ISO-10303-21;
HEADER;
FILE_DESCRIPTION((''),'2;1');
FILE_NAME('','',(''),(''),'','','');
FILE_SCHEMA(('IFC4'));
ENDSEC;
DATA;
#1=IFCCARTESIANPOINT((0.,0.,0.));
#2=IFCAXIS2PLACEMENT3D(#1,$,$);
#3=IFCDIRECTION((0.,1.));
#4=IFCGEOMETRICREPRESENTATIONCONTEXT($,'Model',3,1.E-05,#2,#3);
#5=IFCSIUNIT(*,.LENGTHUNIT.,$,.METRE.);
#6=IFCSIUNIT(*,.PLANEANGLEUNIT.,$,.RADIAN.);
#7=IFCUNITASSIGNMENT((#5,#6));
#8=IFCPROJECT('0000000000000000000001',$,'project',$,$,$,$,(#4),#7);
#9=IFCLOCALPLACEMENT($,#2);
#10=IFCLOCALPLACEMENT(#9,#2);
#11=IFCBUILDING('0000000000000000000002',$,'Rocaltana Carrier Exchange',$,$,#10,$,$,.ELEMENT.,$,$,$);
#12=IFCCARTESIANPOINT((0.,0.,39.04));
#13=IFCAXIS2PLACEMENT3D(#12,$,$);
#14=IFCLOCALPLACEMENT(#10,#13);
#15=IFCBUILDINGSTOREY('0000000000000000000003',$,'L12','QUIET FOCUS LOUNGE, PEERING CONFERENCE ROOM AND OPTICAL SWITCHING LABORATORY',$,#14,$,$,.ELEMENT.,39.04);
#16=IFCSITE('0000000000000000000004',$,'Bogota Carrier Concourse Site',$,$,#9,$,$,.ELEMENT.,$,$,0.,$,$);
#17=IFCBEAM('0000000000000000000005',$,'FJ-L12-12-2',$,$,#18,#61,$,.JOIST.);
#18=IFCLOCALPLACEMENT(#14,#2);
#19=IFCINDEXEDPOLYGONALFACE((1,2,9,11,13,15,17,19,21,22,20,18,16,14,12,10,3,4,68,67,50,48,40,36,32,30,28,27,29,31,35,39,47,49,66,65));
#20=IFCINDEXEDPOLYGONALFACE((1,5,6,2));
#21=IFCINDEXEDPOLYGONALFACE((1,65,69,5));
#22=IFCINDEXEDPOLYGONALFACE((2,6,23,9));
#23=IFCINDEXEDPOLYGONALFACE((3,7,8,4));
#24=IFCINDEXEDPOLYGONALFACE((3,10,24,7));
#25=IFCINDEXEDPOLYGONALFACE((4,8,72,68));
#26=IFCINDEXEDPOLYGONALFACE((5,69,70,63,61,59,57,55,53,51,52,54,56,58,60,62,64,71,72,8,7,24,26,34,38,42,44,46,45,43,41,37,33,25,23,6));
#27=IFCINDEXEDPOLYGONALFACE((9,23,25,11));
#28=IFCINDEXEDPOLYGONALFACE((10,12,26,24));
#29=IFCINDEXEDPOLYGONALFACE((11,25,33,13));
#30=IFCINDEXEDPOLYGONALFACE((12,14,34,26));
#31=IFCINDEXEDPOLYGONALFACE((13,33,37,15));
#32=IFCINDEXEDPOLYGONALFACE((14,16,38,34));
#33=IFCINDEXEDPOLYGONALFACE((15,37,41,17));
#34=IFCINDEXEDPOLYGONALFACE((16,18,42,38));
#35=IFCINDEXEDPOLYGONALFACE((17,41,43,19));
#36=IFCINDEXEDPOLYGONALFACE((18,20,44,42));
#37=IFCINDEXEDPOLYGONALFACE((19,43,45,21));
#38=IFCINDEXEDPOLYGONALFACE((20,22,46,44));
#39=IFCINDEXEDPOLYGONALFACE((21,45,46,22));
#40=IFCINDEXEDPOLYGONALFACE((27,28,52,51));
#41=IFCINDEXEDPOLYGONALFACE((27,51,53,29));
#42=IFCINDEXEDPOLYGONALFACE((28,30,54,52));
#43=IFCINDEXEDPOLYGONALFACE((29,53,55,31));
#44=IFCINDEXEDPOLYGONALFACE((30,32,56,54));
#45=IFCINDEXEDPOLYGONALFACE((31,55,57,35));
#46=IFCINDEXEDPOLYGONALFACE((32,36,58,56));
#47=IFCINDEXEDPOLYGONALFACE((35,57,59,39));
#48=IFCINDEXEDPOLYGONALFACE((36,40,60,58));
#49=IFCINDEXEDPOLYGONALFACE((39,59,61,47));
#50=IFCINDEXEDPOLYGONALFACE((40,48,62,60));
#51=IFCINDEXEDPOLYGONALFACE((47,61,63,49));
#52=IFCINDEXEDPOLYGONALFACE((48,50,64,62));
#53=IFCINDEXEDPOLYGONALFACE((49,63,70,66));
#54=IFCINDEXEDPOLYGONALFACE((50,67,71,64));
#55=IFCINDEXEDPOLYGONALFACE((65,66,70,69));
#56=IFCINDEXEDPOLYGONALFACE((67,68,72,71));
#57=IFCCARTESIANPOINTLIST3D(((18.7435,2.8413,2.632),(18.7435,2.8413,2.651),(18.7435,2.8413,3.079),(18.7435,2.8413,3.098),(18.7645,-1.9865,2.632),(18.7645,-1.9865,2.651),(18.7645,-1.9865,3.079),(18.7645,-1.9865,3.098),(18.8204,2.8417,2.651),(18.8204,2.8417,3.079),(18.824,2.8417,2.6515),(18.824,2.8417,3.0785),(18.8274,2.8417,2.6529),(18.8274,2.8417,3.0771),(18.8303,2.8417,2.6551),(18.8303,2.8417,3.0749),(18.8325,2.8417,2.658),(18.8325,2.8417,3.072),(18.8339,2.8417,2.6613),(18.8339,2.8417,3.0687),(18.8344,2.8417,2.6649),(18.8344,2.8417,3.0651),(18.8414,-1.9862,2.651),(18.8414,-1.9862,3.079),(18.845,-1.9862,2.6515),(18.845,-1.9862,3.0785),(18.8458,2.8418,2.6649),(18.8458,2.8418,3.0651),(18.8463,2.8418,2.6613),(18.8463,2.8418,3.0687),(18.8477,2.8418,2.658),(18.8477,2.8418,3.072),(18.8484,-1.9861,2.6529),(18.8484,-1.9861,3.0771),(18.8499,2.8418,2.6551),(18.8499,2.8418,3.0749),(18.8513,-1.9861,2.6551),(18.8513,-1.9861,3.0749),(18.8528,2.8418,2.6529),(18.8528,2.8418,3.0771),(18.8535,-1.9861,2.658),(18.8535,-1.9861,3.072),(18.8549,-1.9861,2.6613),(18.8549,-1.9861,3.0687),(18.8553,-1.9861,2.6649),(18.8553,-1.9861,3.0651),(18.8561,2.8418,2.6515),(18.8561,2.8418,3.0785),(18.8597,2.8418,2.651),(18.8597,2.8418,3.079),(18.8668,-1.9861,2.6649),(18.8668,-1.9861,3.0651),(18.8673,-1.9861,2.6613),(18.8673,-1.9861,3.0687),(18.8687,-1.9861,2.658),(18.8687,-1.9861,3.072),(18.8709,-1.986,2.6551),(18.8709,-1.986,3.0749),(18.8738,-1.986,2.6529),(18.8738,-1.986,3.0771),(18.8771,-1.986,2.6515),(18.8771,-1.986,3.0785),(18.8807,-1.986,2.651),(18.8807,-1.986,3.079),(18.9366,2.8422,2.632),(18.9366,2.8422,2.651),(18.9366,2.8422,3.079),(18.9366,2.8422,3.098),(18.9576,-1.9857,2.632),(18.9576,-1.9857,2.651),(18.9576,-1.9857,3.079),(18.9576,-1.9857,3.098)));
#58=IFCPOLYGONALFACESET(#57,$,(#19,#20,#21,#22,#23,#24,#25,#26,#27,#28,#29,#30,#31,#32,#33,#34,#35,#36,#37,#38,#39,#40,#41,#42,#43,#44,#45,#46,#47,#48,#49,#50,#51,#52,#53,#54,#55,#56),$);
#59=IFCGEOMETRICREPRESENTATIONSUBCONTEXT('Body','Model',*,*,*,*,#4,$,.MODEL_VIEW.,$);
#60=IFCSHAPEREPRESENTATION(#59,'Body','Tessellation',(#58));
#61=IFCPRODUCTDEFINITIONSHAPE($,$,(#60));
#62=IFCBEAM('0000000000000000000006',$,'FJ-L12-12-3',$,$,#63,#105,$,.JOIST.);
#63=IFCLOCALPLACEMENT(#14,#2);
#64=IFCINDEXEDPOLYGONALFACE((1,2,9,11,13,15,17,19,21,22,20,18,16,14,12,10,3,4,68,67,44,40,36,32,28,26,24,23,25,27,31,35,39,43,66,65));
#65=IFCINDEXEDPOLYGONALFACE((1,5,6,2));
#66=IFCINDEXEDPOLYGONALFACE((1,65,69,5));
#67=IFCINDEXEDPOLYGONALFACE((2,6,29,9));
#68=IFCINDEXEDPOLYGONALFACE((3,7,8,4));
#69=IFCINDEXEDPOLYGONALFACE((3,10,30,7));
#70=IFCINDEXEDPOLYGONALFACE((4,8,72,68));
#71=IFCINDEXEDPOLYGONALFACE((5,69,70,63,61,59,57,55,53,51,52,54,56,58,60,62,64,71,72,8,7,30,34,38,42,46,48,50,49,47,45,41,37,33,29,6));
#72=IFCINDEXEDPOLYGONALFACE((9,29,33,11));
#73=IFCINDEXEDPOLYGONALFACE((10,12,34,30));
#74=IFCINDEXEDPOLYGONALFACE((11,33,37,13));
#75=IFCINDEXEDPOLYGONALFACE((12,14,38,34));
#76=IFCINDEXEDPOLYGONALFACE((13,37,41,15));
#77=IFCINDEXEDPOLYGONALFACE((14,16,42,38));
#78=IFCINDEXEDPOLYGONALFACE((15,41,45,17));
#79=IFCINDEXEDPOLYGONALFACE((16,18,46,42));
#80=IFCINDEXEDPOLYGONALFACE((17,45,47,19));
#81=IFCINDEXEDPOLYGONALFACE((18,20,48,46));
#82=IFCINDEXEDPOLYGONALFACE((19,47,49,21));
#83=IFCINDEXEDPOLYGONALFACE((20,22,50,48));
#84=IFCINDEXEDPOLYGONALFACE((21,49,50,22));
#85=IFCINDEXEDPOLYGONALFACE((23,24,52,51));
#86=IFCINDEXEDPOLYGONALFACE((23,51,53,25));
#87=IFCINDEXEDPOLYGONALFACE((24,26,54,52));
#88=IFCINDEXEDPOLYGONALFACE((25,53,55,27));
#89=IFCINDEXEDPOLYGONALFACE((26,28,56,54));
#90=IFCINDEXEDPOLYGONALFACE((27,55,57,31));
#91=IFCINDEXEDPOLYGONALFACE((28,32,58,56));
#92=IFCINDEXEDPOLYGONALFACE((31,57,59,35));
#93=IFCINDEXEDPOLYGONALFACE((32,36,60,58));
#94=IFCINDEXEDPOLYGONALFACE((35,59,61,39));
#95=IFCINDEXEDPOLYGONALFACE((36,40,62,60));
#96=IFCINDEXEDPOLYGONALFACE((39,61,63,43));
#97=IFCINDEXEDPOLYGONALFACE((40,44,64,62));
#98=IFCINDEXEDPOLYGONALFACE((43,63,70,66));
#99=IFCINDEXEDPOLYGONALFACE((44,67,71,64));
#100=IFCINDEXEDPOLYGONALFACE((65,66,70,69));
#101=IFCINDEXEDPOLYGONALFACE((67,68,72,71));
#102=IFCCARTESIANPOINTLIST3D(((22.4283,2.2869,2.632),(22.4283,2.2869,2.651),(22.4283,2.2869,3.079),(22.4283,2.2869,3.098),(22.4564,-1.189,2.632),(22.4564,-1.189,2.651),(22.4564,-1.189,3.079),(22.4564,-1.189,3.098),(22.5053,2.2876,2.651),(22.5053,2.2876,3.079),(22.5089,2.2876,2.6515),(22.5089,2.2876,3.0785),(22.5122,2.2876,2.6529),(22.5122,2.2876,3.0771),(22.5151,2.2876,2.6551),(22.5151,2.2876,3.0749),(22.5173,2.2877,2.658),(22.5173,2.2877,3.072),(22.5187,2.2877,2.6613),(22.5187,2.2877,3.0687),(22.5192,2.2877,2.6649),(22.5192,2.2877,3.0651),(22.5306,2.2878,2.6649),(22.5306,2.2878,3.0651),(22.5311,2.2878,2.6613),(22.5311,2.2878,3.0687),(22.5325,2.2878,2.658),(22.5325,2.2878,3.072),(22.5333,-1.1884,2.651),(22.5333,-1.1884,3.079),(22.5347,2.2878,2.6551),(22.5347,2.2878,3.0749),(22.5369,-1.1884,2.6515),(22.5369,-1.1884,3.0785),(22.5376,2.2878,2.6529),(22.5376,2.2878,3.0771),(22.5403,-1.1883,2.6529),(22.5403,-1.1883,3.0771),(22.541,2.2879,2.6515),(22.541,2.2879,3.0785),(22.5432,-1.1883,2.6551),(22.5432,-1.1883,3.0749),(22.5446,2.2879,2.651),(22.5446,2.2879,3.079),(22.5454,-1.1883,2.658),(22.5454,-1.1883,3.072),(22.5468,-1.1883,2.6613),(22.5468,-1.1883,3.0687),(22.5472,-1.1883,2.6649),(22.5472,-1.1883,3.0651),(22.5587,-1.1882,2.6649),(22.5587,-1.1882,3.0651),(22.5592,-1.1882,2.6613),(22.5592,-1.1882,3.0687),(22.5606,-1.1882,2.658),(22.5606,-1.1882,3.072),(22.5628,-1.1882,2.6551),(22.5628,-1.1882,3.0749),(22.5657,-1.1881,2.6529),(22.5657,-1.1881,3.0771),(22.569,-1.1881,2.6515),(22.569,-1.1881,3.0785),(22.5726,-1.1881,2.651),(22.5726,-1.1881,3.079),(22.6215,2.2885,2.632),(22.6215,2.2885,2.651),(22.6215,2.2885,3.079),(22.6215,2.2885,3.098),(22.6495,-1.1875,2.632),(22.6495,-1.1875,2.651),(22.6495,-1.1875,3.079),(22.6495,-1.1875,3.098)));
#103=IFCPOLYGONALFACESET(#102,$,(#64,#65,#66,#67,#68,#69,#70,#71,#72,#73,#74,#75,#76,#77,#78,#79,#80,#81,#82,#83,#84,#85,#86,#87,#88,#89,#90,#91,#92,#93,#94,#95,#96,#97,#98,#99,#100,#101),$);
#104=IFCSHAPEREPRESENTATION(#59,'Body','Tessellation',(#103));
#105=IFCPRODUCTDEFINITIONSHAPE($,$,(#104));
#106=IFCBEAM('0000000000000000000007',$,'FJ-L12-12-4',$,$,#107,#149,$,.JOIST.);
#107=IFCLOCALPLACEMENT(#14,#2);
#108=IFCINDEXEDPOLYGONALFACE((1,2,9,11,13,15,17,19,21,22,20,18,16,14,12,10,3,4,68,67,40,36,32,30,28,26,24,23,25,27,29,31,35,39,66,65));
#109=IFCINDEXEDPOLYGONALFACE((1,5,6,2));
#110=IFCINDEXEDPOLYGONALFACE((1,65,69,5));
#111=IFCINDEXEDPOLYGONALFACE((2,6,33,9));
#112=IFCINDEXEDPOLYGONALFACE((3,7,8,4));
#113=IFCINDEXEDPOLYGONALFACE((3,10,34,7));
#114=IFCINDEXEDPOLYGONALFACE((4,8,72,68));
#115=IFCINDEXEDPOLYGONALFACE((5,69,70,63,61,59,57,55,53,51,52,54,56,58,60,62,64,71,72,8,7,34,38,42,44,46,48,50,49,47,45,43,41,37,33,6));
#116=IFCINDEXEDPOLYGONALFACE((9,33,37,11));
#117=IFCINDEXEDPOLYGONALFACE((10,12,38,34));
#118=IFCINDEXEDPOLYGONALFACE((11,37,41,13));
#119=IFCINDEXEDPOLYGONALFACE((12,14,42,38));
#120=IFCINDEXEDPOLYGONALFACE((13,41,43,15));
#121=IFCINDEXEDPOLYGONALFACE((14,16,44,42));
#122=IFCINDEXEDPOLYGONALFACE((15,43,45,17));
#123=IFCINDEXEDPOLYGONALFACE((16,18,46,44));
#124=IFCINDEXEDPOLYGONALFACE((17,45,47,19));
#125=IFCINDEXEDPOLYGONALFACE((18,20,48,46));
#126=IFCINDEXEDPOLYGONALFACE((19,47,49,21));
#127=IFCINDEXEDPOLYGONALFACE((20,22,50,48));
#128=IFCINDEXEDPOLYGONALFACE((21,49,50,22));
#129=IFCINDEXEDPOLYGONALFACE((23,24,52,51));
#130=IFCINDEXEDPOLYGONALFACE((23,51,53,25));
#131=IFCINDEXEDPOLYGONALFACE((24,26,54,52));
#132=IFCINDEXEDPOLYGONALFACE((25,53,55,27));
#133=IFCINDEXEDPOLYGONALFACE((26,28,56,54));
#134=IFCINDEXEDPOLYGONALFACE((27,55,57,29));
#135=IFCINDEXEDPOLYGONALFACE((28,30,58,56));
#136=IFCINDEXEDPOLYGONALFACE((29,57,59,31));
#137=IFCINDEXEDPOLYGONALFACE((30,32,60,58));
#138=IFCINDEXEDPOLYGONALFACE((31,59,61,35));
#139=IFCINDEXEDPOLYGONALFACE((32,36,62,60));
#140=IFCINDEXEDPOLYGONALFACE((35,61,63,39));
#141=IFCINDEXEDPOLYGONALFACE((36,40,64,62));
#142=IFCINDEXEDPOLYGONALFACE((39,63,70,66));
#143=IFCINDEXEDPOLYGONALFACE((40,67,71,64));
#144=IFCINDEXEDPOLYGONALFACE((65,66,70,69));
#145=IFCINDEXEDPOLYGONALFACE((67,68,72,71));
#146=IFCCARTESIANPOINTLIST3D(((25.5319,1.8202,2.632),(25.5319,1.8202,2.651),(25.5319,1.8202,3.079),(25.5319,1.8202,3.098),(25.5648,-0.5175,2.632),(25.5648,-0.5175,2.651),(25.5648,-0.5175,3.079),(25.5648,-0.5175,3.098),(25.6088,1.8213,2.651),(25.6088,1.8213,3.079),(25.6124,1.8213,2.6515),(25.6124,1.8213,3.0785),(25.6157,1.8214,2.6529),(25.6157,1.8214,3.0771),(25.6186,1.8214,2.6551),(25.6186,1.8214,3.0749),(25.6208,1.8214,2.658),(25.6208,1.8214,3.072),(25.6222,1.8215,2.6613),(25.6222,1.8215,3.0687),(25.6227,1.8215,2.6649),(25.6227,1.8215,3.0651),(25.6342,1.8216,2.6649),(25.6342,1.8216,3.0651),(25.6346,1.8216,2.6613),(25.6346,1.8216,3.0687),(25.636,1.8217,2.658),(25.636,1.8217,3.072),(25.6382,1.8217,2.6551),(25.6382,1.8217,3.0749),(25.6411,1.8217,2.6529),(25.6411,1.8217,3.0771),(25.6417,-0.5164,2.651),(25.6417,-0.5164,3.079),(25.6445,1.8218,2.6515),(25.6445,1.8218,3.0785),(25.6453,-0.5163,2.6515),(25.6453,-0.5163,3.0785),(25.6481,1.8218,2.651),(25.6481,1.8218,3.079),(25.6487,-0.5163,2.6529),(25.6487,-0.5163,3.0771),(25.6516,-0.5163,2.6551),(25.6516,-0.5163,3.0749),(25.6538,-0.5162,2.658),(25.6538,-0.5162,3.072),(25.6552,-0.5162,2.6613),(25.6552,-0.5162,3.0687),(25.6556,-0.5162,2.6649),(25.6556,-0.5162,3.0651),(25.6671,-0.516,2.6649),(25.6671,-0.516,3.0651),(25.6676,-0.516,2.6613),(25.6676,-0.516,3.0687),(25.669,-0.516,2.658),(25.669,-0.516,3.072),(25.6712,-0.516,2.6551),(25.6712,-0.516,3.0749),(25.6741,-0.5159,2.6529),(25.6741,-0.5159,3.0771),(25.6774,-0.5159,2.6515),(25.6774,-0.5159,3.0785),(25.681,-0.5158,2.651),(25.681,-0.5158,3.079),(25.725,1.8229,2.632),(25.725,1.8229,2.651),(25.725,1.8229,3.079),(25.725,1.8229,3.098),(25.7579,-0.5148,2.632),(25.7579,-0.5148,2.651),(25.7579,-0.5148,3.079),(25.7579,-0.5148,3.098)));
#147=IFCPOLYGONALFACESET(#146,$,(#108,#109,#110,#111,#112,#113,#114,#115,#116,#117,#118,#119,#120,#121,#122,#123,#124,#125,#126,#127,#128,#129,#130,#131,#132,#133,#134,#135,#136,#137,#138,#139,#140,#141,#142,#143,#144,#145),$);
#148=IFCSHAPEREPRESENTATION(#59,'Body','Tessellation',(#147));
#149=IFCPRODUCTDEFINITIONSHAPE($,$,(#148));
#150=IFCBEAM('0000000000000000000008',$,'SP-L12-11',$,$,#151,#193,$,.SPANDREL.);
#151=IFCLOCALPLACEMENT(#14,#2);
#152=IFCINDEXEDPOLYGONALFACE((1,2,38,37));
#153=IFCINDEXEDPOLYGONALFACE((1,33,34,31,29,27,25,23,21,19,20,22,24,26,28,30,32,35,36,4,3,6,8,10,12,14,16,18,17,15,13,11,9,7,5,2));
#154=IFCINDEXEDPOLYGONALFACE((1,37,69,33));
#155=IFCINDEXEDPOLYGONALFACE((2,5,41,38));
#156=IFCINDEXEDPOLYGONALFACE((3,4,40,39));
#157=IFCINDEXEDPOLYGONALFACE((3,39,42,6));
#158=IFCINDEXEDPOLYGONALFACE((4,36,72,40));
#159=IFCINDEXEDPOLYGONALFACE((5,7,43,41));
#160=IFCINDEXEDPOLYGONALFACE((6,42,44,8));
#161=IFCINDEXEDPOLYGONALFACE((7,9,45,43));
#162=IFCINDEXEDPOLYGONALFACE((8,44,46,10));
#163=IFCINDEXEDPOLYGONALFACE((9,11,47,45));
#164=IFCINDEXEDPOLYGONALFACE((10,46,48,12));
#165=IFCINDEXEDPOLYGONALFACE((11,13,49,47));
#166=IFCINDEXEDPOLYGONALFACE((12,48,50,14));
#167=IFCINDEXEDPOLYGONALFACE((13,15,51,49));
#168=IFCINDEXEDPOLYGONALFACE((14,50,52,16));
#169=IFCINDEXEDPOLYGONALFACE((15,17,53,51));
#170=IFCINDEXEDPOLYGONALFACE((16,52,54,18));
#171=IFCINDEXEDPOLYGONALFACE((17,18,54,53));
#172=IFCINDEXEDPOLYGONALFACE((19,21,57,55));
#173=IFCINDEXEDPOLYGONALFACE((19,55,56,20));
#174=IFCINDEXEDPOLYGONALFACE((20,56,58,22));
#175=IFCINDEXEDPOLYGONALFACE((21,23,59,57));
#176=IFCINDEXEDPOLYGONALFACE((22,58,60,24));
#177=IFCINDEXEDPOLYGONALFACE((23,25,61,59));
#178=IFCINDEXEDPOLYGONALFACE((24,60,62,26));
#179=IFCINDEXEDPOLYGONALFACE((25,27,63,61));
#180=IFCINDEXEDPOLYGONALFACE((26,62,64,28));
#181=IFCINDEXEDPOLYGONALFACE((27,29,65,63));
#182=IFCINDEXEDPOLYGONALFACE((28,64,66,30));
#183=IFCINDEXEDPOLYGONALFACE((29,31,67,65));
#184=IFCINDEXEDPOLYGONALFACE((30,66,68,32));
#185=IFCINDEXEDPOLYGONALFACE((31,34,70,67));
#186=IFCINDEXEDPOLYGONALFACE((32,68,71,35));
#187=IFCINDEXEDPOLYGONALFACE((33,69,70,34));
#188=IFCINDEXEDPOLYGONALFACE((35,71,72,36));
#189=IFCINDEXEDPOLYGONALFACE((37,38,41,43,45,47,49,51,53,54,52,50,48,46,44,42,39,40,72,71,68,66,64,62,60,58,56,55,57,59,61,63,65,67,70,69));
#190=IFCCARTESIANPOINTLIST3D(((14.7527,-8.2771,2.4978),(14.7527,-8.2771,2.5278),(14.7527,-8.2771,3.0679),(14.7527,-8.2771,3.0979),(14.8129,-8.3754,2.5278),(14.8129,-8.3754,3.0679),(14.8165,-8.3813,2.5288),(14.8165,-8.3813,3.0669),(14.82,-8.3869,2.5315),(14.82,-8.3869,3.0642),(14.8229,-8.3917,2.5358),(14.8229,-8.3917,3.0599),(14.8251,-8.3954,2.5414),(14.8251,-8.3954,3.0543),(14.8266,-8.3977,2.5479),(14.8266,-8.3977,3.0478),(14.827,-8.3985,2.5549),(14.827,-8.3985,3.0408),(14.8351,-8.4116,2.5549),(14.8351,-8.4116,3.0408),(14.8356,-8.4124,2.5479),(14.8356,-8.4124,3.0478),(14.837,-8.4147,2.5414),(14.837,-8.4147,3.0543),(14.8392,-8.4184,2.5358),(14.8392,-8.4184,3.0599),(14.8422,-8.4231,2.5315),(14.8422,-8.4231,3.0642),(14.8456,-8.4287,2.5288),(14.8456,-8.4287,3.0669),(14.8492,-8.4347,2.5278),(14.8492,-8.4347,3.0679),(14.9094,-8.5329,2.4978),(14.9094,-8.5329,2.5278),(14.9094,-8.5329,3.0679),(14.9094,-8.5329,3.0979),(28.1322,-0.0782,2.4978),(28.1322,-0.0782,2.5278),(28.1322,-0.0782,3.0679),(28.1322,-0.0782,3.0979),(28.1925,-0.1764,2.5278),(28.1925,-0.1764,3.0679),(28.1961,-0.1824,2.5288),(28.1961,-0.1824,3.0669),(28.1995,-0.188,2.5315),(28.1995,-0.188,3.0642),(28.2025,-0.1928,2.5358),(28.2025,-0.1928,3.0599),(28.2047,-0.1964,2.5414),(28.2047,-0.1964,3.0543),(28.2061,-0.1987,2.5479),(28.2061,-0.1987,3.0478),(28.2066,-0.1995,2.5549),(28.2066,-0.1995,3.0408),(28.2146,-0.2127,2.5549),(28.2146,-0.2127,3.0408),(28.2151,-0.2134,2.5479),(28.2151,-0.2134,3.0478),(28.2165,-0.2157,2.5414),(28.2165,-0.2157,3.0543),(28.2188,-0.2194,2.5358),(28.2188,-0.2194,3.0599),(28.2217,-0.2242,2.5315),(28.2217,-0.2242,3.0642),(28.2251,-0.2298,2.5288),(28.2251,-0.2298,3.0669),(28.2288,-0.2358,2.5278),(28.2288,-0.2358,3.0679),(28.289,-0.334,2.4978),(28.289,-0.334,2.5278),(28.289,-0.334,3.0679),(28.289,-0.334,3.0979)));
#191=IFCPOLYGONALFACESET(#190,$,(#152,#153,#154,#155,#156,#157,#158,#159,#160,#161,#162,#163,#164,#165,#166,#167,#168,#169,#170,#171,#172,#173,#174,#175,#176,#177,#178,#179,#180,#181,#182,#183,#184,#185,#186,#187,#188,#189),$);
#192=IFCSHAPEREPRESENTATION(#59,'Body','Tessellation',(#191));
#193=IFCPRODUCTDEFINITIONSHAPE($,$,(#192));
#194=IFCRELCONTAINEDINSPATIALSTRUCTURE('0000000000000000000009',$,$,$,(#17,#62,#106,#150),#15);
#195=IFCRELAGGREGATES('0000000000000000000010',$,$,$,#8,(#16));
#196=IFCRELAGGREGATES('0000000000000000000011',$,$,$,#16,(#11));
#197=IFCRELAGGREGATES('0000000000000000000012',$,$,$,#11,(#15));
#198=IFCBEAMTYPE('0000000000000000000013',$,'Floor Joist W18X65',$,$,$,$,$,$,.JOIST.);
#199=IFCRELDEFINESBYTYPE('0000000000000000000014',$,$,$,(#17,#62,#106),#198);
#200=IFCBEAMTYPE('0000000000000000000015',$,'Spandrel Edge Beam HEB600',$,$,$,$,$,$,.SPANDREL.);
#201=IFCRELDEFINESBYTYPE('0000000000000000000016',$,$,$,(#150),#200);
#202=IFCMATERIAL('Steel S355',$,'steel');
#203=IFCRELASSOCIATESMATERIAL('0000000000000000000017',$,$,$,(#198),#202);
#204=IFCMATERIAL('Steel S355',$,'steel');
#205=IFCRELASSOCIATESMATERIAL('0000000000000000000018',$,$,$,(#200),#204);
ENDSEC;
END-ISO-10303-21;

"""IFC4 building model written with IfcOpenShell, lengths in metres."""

from ifc_helpers import new_model, si_unit, direction, frame, origin, origin_2d, place, context, subcontext, project, spatial, i_section, extrude, material, material_profile, profile_set, type_object, element, save


model = new_model("IFC4")

# Units and contexts
model_context = context("Model", 3, precision=1e-05, world=origin(), true_north=direction((0.0, 1.0)))
body_context = subcontext(model_context, "Body", "Model", "MODEL_VIEW")
ifc_project = project(units=[si_unit("LENGTHUNIT", "METRE"), si_unit("PLANEANGLEUNIT", "RADIAN")], contexts=[model_context])

# Site, building, storey
site_placement = place(None, origin())
site = spatial("IfcSite", under=ifc_project, at=site_placement, Name="Bogota Carrier Concourse Site", CompositionType="ELEMENT", RefElevation=0.0)
building_placement = place(site_placement, origin())
building = spatial("IfcBuilding", under=site, at=building_placement, Name="Rocaltana Carrier Exchange", CompositionType="ELEMENT")
storey_placement = place(building_placement, frame((0.0, 0.0, 39.04)))
storey = spatial("IfcBuildingStorey", under=building, at=storey_placement, Name="L12", Description="QUIET FOCUS LOUNGE, PEERING CONFERENCE ROOM AND OPTICAL SWITCHING LABORATORY", CompositionType="ELEMENT", Elevation=39.04)

# Beams
ifc_material_1 = material(Name="Steel S355", Category="steel")
ifc_material_profile_1 = material_profile(ifc_material_1, i_section(OverallWidth=0.1931, OverallDepth=0.4661, WebThickness=0.0115, FlangeThickness=0.019, FilletRadius=0.0139, at=origin_2d()), Name="W18X65")
ifc_profile_set_1 = profile_set([ifc_material_profile_1], Name="Steel S355")
beam_type_1 = type_object("IfcBeamType", Name="Floor Joist W18X65", PredefinedType="JOIST", material=ifc_profile_set_1)
beam_1_placement = place(storey_placement, frame((18.8611, -1.9861, 2.865), z_axis=(-0.004349, 0.999991, 0.0), x_axis=(-0.999991, -0.004349, 0.0)))
element("IfcBeam", 1, at=beam_1_placement, inside=storey, type_object=beam_type_1, Name="FJ-L12-12-2", PredefinedType="JOIST", context=body_context, shape_type="SweptSolid", body=[
    extrude(i_section(OverallWidth=0.1931, OverallDepth=0.4661, WebThickness=0.0115, FlangeThickness=0.019, FilletRadius=0.0139, at=origin_2d()), origin(), (0.0, 0.0, 1.0), 4.8279),
])
beam_2_placement = place(storey_placement, frame((22.553, -1.1882, 2.865), z_axis=(-0.008077, 0.999967, 0.0), x_axis=(-0.999967, -0.008077, 0.0)))
element("IfcBeam", 2, at=beam_2_placement, inside=storey, type_object=beam_type_1, Name="FJ-L12-12-3", PredefinedType="JOIST", context=body_context, shape_type="SweptSolid", body=[
    extrude(i_section(OverallWidth=0.1931, OverallDepth=0.4661, WebThickness=0.0115, FlangeThickness=0.019, FilletRadius=0.0139, at=origin_2d()), origin(), (0.0, 0.0, 1.0), 3.4761),
])
beam_3_placement = place(storey_placement, frame((25.6614, -0.5161, 2.865), z_axis=(-0.014098, 0.999901, 0.0), x_axis=(-0.999901, -0.014098, 0.0)))
element("IfcBeam", 3, at=beam_3_placement, inside=storey, type_object=beam_type_1, Name="FJ-L12-12-4", PredefinedType="JOIST", context=body_context, shape_type="SweptSolid", body=[
    extrude(i_section(OverallWidth=0.1931, OverallDepth=0.4661, WebThickness=0.0115, FlangeThickness=0.019, FilletRadius=0.0139, at=origin_2d()), origin(), (0.0, 0.0, 1.0), 2.3379),
])
ifc_material_2 = material(Name="Steel S355", Category="steel")
ifc_material_profile_2 = material_profile(ifc_material_2, i_section(OverallWidth=0.3, OverallDepth=0.6001, WebThickness=0.0154, FlangeThickness=0.03, FilletRadius=0.0271, at=origin_2d()), Name="HEB600")
ifc_profile_set_2 = profile_set([ifc_material_profile_2], Name="Steel S355")
beam_type_2 = type_object("IfcBeamType", Name="Spandrel Edge Beam HEB600", PredefinedType="SPANDREL", material=ifc_profile_set_2)
beam_4_placement = place(storey_placement, frame((14.8311, -8.405, 2.7979), z_axis=(0.852642, 0.522495, 0.0), x_axis=(-0.522495, 0.852642, 0.0)))
element("IfcBeam", 4, at=beam_4_placement, inside=storey, type_object=beam_type_2, Name="SP-L12-11", PredefinedType="SPANDREL", context=body_context, shape_type="SweptSolid", body=[
    extrude(i_section(OverallWidth=0.3, OverallDepth=0.6001, WebThickness=0.0154, FlangeThickness=0.03, FilletRadius=0.0271, at=origin_2d()), origin(), (0.0, 0.0, 1.0), 15.6919),
])

save(model, "model.ifc")
